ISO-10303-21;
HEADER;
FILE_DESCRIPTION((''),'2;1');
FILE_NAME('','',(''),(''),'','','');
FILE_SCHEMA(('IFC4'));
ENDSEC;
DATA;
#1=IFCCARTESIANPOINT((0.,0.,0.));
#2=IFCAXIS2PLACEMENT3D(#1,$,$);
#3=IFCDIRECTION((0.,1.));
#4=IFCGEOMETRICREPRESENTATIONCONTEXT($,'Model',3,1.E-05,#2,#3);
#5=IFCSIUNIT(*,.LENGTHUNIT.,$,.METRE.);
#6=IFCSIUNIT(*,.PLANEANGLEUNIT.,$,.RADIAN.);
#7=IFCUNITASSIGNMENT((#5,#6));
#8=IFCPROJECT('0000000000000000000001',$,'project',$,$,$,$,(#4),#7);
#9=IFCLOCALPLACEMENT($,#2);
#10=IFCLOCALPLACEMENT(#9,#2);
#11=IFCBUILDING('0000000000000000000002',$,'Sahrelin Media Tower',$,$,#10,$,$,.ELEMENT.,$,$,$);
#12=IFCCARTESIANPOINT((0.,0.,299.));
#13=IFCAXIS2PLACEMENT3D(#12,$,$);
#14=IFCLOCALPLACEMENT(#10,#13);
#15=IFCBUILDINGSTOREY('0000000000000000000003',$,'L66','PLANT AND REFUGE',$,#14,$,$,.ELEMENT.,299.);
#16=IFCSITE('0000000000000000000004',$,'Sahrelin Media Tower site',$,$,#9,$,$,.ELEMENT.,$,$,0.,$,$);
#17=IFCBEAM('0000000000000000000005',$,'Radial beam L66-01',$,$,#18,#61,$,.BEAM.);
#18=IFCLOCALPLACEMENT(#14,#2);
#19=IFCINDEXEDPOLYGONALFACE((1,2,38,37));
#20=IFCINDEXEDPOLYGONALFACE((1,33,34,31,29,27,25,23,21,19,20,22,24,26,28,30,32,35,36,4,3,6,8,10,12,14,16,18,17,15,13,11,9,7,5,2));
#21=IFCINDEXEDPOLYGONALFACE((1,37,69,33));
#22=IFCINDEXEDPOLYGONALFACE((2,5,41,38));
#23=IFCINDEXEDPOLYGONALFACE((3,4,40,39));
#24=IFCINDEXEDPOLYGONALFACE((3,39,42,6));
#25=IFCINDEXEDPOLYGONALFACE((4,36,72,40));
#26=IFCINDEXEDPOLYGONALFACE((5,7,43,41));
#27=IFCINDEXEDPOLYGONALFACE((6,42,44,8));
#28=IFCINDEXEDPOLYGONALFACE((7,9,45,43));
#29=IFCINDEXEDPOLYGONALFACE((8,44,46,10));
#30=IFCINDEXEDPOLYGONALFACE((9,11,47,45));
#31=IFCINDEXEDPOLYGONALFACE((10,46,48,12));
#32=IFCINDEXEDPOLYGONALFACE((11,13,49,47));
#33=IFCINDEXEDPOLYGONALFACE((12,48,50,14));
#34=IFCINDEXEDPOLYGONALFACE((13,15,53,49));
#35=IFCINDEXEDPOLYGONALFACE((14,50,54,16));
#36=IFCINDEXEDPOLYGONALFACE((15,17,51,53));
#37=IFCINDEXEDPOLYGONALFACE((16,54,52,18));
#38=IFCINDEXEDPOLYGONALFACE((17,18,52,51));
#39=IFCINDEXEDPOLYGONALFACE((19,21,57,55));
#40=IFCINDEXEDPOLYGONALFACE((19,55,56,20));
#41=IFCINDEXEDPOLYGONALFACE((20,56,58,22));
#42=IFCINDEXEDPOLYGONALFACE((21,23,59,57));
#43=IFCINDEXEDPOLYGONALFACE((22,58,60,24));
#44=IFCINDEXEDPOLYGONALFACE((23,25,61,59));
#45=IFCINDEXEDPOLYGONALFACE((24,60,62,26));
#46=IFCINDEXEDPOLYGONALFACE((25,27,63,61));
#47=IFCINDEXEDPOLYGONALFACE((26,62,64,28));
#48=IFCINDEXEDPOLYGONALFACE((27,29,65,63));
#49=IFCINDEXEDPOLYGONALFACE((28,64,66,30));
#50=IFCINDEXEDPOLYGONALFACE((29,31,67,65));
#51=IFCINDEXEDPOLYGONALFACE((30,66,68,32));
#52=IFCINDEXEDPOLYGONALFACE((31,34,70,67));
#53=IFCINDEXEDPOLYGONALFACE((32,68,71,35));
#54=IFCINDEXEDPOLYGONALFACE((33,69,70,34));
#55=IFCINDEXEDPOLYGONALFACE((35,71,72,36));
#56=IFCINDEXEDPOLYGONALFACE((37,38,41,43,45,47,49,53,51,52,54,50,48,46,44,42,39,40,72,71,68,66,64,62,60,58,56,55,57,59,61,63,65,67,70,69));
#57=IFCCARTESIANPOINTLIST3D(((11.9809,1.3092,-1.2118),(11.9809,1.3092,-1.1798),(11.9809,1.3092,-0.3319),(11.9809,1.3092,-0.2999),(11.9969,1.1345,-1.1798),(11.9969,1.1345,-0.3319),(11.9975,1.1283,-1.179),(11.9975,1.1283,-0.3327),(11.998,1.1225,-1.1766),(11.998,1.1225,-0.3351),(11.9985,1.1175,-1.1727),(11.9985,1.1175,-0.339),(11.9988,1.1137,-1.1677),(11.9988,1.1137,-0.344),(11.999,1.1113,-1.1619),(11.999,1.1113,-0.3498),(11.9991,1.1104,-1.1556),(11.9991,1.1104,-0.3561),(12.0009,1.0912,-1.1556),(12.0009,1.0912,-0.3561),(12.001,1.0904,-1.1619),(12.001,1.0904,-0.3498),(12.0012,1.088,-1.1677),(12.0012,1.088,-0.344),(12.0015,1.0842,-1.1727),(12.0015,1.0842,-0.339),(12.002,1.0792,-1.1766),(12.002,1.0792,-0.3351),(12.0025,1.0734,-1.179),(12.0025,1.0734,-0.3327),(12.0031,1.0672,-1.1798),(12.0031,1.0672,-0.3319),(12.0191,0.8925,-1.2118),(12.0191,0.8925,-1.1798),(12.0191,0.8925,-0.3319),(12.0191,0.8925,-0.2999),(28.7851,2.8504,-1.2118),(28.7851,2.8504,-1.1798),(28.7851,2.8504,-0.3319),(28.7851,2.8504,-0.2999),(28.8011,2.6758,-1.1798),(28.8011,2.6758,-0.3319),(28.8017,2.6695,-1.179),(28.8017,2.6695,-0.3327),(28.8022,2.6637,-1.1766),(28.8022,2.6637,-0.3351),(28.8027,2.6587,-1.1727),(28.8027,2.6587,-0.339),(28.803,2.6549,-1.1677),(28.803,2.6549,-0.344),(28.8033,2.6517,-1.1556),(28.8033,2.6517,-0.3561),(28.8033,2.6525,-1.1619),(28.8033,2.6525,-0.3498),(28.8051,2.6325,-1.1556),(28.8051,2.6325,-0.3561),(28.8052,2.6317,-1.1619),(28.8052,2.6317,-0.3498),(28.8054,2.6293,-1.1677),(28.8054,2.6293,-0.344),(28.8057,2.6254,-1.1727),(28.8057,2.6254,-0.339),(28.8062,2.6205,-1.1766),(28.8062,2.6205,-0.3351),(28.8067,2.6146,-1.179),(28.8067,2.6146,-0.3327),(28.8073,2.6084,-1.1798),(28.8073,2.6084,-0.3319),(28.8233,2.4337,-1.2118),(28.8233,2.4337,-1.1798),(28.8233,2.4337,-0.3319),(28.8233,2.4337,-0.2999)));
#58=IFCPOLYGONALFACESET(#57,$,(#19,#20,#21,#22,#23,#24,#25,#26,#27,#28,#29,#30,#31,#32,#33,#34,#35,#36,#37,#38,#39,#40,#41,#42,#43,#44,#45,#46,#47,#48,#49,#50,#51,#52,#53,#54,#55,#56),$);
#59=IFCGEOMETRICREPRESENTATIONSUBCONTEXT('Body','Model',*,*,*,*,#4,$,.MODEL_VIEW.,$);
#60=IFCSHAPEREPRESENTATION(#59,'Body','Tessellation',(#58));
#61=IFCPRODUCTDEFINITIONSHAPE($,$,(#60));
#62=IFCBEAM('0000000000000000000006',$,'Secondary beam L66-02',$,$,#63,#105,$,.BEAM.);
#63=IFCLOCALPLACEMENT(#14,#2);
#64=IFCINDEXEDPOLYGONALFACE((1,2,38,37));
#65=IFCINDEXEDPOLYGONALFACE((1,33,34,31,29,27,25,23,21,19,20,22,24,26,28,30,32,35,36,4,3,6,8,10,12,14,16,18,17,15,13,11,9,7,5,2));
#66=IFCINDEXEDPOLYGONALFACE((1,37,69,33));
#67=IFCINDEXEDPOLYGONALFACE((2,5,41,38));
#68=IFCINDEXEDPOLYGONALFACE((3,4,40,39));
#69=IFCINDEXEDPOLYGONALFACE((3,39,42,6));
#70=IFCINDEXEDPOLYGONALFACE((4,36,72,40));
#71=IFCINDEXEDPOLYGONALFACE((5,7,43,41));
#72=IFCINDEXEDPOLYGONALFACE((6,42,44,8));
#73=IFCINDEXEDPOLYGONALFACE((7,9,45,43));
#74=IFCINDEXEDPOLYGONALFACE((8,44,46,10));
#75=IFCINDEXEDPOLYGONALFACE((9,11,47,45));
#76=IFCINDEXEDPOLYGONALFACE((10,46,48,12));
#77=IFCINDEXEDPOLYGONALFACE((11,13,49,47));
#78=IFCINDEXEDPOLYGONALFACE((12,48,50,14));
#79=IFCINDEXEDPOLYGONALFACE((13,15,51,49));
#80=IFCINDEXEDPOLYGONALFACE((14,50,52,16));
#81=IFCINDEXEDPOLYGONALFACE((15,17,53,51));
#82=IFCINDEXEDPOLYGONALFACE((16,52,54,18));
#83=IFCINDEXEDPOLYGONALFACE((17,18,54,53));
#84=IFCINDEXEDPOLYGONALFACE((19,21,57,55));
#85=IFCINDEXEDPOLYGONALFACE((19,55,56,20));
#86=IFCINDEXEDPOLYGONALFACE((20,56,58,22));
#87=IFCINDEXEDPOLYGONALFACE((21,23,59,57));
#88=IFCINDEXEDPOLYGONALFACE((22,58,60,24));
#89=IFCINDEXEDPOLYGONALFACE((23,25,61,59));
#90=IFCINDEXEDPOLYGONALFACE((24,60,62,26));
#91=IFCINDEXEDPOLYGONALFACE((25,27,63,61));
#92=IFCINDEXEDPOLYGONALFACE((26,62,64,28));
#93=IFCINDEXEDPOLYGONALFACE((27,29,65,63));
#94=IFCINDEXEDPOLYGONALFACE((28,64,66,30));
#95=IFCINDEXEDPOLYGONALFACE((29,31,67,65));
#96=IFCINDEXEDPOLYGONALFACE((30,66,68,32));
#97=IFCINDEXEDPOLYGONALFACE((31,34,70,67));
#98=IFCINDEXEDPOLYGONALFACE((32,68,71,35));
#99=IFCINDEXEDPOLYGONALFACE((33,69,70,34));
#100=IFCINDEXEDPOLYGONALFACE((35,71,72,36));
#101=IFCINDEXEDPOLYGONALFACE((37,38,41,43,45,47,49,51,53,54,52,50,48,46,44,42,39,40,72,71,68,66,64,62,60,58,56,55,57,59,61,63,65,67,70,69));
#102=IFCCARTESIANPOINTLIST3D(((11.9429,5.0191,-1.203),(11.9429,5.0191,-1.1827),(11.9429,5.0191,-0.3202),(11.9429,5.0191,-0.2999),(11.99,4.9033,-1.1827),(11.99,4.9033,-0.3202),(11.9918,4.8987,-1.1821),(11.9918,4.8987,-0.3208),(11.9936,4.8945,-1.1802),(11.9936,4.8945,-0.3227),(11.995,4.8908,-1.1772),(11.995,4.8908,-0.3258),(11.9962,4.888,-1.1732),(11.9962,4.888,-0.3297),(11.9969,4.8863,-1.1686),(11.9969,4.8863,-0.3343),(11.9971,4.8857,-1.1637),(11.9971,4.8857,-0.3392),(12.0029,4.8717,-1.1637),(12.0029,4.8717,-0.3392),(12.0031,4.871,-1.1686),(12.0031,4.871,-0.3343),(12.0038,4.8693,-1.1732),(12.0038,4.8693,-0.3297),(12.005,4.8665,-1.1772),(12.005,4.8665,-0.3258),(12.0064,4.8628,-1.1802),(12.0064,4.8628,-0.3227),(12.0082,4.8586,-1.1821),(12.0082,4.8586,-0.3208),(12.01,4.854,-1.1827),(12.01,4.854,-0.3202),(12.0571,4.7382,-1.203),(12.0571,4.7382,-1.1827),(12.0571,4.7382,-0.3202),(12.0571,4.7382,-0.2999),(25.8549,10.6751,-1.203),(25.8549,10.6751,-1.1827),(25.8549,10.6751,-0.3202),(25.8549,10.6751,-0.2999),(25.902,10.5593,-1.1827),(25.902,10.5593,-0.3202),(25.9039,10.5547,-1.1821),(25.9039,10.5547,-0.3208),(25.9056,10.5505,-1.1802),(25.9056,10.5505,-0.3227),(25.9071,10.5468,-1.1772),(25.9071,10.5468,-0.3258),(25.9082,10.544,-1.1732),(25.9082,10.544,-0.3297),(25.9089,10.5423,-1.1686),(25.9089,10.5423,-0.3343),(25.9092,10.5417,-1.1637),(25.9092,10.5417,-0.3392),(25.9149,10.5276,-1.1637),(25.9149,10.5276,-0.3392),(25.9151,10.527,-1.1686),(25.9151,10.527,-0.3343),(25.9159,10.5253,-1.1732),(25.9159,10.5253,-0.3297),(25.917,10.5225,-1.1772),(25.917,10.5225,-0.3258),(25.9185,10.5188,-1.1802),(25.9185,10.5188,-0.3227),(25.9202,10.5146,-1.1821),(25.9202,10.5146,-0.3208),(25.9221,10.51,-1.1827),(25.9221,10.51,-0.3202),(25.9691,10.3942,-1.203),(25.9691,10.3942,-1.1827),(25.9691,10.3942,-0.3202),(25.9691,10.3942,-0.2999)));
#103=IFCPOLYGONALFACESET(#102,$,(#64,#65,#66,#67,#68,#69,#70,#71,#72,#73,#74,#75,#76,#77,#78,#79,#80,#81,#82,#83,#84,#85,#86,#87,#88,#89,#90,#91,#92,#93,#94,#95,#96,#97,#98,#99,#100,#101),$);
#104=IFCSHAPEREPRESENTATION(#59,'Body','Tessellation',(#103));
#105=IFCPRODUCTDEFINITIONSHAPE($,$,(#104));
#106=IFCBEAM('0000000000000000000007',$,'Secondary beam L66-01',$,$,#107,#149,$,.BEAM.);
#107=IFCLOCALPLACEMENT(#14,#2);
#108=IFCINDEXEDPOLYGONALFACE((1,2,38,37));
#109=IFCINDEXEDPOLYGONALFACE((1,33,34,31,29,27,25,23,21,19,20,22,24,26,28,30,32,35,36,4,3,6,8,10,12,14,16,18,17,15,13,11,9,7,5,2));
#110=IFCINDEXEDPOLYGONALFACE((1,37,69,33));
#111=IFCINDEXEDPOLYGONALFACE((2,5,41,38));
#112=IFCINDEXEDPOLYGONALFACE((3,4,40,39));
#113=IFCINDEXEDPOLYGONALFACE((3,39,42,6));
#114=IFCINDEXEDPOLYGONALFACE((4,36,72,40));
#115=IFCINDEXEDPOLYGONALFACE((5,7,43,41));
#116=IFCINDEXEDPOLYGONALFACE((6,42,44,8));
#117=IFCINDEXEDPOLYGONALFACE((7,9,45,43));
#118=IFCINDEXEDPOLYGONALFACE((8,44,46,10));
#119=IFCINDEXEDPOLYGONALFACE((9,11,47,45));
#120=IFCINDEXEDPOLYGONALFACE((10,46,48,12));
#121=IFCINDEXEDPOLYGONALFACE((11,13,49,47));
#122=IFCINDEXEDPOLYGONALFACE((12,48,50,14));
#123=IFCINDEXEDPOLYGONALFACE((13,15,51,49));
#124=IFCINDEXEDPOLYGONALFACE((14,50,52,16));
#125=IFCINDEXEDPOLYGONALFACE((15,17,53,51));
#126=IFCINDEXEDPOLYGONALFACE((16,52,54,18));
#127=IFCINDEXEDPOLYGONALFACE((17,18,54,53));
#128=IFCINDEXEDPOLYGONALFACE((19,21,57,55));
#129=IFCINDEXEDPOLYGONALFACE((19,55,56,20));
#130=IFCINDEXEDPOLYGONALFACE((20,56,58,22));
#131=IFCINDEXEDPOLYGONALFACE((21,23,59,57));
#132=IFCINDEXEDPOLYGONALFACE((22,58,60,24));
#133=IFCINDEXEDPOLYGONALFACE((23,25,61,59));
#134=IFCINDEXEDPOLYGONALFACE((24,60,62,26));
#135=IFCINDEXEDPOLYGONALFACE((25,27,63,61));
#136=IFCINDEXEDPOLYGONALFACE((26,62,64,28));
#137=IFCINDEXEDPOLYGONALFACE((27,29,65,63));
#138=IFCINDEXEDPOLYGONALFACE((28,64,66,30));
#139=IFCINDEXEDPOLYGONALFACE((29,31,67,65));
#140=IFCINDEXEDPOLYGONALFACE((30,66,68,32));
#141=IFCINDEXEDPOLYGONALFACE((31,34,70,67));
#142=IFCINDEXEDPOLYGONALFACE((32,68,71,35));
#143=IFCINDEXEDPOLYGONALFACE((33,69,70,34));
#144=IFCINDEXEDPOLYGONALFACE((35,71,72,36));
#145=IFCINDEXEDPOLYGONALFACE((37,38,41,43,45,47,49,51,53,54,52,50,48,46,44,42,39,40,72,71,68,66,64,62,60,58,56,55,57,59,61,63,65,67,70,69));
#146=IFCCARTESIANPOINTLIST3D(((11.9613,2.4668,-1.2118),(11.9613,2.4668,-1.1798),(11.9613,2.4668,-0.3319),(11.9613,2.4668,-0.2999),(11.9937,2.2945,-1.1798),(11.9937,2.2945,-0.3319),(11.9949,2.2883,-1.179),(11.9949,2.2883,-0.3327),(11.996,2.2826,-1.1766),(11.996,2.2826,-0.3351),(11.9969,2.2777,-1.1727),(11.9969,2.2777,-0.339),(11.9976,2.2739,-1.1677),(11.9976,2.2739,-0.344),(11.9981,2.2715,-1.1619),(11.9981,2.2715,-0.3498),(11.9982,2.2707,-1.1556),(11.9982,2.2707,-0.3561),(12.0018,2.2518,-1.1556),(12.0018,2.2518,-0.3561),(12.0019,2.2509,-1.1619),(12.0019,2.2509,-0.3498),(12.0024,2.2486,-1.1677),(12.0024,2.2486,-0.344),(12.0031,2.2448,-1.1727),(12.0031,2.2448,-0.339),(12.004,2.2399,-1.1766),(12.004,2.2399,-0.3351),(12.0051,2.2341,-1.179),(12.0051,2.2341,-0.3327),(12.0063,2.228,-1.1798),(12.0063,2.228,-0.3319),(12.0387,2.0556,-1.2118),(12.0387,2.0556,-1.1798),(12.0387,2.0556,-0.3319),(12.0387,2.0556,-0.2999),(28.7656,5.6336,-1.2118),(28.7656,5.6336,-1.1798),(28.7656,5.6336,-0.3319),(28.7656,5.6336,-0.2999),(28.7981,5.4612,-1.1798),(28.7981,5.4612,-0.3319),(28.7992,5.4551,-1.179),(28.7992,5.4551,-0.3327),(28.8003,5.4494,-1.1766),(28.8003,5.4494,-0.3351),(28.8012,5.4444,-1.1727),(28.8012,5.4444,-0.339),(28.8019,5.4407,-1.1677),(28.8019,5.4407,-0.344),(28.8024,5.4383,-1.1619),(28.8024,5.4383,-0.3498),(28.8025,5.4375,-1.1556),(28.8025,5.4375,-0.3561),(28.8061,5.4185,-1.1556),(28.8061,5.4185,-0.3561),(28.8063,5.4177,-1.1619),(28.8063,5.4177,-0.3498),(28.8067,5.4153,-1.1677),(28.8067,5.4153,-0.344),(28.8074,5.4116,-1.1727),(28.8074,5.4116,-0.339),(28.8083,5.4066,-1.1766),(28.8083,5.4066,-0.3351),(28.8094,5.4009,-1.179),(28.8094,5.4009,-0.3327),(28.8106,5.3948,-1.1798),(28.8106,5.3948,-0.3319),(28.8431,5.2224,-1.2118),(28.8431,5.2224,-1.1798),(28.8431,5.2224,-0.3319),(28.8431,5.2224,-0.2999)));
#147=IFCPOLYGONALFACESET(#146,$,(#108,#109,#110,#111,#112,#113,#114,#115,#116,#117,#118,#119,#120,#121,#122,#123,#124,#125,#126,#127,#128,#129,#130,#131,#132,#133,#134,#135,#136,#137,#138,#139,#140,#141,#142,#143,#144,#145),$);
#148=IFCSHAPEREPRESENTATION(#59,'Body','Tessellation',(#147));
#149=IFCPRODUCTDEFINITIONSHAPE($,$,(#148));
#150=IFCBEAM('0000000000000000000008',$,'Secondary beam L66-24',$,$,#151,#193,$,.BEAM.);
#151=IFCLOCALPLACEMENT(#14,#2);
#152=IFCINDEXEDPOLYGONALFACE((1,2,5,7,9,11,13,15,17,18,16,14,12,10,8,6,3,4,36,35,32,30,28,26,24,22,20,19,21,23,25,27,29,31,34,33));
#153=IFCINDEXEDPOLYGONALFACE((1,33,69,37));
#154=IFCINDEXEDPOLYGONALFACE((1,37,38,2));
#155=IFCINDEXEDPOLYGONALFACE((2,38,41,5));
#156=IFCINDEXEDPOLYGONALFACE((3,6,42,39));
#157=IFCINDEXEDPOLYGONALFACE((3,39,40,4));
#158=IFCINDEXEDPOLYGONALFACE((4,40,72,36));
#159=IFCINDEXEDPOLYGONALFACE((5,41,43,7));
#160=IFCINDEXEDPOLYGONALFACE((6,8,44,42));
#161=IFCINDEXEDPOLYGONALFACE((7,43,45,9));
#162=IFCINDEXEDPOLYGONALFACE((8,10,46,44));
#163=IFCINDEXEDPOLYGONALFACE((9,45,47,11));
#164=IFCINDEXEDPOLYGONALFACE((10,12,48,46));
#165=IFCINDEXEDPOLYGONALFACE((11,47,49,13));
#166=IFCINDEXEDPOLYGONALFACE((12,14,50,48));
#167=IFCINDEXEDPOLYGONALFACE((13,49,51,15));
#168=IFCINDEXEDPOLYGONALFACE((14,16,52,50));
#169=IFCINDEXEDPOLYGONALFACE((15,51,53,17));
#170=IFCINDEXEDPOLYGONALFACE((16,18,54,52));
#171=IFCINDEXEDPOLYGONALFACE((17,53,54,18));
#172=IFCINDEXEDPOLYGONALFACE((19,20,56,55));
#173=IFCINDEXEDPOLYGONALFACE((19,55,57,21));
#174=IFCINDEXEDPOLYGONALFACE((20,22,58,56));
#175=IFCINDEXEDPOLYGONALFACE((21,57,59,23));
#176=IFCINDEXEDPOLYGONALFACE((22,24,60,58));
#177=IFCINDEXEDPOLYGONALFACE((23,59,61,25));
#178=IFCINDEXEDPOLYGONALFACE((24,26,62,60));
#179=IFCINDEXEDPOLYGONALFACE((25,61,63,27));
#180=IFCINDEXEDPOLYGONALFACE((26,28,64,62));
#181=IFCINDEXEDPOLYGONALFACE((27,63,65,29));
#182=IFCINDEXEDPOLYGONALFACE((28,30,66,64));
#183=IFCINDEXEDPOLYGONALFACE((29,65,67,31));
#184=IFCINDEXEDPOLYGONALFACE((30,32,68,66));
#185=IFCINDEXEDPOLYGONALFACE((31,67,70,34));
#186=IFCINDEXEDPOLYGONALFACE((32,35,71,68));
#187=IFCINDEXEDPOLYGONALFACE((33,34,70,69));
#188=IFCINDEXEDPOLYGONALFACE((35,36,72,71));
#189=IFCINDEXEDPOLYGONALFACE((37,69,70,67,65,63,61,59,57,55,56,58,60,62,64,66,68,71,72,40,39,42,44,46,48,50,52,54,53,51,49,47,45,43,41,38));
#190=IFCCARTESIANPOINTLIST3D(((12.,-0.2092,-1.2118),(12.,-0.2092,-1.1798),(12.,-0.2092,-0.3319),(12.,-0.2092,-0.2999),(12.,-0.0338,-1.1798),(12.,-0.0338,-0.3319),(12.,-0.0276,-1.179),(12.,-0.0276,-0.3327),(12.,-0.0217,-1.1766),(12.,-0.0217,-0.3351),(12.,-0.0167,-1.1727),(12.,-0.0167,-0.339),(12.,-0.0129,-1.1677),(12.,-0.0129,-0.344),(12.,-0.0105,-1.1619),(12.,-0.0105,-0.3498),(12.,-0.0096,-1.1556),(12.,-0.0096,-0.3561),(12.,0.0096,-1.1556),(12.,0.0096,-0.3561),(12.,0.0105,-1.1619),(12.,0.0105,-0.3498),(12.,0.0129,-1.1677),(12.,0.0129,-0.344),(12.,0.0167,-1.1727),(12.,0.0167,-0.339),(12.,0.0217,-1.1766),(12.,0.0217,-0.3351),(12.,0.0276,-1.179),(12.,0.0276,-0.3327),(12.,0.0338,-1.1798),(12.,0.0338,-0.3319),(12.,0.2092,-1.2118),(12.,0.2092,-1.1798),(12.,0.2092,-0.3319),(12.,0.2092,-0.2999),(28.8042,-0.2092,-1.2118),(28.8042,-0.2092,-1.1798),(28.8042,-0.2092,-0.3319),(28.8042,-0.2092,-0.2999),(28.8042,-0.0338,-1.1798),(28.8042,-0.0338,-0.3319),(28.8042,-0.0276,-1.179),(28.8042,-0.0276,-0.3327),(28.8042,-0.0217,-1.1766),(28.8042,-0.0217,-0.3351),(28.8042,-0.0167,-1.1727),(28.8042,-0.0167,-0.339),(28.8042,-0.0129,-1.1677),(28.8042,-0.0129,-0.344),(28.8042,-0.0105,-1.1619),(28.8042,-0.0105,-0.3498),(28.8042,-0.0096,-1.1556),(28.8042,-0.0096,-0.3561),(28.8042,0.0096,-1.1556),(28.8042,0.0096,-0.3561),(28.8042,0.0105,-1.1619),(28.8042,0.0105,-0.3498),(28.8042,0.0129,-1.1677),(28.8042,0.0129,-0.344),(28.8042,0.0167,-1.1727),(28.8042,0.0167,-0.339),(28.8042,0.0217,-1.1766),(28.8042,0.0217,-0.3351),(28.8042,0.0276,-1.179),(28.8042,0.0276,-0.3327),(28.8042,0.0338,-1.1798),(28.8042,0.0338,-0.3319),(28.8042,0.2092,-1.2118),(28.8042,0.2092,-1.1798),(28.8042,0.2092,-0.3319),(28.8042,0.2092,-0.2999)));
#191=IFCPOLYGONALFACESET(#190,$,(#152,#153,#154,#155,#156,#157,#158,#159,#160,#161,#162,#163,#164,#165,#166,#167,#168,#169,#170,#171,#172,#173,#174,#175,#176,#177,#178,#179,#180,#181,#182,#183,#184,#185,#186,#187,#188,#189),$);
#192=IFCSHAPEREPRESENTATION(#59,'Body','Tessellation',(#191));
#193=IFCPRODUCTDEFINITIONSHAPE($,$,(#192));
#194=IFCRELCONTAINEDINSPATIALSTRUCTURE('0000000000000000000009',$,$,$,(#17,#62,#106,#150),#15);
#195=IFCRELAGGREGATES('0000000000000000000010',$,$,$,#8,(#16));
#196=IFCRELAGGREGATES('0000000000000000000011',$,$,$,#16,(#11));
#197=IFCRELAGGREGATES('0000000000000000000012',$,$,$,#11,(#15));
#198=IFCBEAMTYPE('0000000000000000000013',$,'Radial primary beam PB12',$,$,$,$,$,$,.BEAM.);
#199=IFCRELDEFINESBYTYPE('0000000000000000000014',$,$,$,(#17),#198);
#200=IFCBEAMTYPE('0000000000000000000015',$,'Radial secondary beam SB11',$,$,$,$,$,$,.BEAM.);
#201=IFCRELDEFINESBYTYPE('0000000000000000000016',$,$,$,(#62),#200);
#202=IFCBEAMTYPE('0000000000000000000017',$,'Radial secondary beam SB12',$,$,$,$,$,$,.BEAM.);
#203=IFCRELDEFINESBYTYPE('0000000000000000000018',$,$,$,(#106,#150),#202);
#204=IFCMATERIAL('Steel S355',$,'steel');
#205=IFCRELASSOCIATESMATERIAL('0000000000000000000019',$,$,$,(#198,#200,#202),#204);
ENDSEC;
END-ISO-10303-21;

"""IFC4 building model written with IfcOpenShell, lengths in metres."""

from ifc_helpers import new_model, si_unit, direction, frame, origin, origin_2d, place, context, subcontext, project, spatial, i_section, extrude, material, material_profile, profile_set, type_object, element, save


model = new_model("IFC4")

# Units and contexts
model_context = context("Model", 3, precision=1e-05, world=origin(), true_north=direction((0.0, 1.0)))
body_context = subcontext(model_context, "Body", "Model", "MODEL_VIEW")
ifc_project = project(units=[si_unit("LENGTHUNIT", "METRE"), si_unit("PLANEANGLEUNIT", "RADIAN")], contexts=[model_context])

# Site, building, storey
site_placement = place(None, origin())
site = spatial("IfcSite", under=ifc_project, at=site_placement, Name="Sahrelin Media Tower site", CompositionType="ELEMENT", RefElevation=0.0)
building_placement = place(site_placement, origin())
building = spatial("IfcBuilding", under=site, at=building_placement, Name="Sahrelin Media Tower", CompositionType="ELEMENT")
storey_placement = place(building_placement, frame((0.0, 0.0, 299.0)))
storey = spatial("IfcBuildingStorey", under=building, at=storey_placement, Name="L66", Description="PLANT AND REFUGE", CompositionType="ELEMENT", Elevation=299.0)

# Beams
ifc_material_1 = material(Name="Steel S355", Category="steel")
ifc_material_profile_1 = material_profile(ifc_material_1, i_section(OverallWidth=0.4185, OverallDepth=0.9119, WebThickness=0.0193, FlangeThickness=0.032, FilletRadius=0.0242, at=origin_2d()), Name="UB 914x419x343")
ifc_profile_set_1 = profile_set([ifc_material_profile_1], Name="Steel S355")
beam_type_1 = type_object("IfcBeamType", Name="Radial primary beam PB12", PredefinedType="BEAM", material=ifc_profile_set_1)
beam_1_placement = place(storey_placement, frame((12.0, 1.1008, -0.7559), z_axis=(0.99582, 0.091335, 0.0), x_axis=(-0.091335, 0.99582, 0.0)))
element("IfcBeam", 1, at=beam_1_placement, inside=storey, type_object=beam_type_1, Name="Radial beam L66-01", PredefinedType="BEAM", context=body_context, shape_type="SweptSolid", body=[
    extrude(i_section(OverallWidth=0.4185, OverallDepth=0.9119, WebThickness=0.0193, FlangeThickness=0.032, FilletRadius=0.0242, at=origin_2d()), origin(), (0.0, 0.0, 1.0), 16.8748),
])
ifc_material_profile_2 = material_profile(ifc_material_1, i_section(OverallWidth=0.3032, OverallDepth=0.9031, WebThickness=0.0151, FlangeThickness=0.0203, FilletRadius=0.019, at=origin_2d()), Name="UB 914x305x201")
ifc_profile_set_2 = profile_set([ifc_material_profile_2], Name="Steel S355")
beam_type_2 = type_object("IfcBeamType", Name="Radial secondary beam SB11", PredefinedType="BEAM", material=ifc_profile_set_2)
beam_2_placement = place(storey_placement, frame((12.0, 4.8787, -0.7515), z_axis=(0.926369, 0.376618, 0.0), x_axis=(-0.376618, 0.926369, 0.0)))
element("IfcBeam", 2, at=beam_2_placement, inside=storey, type_object=beam_type_2, Name="Secondary beam L66-02", PredefinedType="BEAM", context=body_context, shape_type="SweptSolid", body=[
    extrude(i_section(OverallWidth=0.3032, OverallDepth=0.9031, WebThickness=0.0151, FlangeThickness=0.0203, FilletRadius=0.019, at=origin_2d()), origin(), (0.0, 0.0, 1.0), 15.0178),
])
ifc_material_profile_3 = material_profile(ifc_material_1, i_section(OverallWidth=0.4185, OverallDepth=0.9119, WebThickness=0.0193, FlangeThickness=0.032, FilletRadius=0.0242, at=origin_2d()), Name="UB 914x419x343")
ifc_profile_set_3 = profile_set([ifc_material_profile_3], Name="Steel S355")
beam_type_3 = type_object("IfcBeamType", Name="Radial secondary beam SB12", PredefinedType="BEAM", material=ifc_profile_set_3)
beam_3_placement = place(storey_placement, frame((12.0, 2.2612, -0.7559), z_axis=(0.982703, 0.18519, 0.0), x_axis=(-0.18519, 0.982703, 0.0)))
element("IfcBeam", 3, at=beam_3_placement, inside=storey, type_object=beam_type_3, Name="Secondary beam L66-01", PredefinedType="BEAM", context=body_context, shape_type="SweptSolid", body=[
    extrude(i_section(OverallWidth=0.4185, OverallDepth=0.9119, WebThickness=0.0193, FlangeThickness=0.032, FilletRadius=0.0242, at=origin_2d()), origin(), (0.0, 0.0, 1.0), 17.1001),
])
beam_4_placement = place(storey_placement, frame((12.0, 0.0, -0.7559), z_axis=(1.0, 0.0, 0.0), x_axis=(0.0, 1.0, 0.0)))
element("IfcBeam", 4, at=beam_4_placement, inside=storey, type_object=beam_type_3, Name="Secondary beam L66-24", PredefinedType="BEAM", context=body_context, shape_type="SweptSolid", body=[
    extrude(i_section(OverallWidth=0.4185, OverallDepth=0.9119, WebThickness=0.0193, FlangeThickness=0.032, FilletRadius=0.0242, at=origin_2d()), origin(), (0.0, 0.0, 1.0), 16.8042),
])

save(model, "model.ifc")
